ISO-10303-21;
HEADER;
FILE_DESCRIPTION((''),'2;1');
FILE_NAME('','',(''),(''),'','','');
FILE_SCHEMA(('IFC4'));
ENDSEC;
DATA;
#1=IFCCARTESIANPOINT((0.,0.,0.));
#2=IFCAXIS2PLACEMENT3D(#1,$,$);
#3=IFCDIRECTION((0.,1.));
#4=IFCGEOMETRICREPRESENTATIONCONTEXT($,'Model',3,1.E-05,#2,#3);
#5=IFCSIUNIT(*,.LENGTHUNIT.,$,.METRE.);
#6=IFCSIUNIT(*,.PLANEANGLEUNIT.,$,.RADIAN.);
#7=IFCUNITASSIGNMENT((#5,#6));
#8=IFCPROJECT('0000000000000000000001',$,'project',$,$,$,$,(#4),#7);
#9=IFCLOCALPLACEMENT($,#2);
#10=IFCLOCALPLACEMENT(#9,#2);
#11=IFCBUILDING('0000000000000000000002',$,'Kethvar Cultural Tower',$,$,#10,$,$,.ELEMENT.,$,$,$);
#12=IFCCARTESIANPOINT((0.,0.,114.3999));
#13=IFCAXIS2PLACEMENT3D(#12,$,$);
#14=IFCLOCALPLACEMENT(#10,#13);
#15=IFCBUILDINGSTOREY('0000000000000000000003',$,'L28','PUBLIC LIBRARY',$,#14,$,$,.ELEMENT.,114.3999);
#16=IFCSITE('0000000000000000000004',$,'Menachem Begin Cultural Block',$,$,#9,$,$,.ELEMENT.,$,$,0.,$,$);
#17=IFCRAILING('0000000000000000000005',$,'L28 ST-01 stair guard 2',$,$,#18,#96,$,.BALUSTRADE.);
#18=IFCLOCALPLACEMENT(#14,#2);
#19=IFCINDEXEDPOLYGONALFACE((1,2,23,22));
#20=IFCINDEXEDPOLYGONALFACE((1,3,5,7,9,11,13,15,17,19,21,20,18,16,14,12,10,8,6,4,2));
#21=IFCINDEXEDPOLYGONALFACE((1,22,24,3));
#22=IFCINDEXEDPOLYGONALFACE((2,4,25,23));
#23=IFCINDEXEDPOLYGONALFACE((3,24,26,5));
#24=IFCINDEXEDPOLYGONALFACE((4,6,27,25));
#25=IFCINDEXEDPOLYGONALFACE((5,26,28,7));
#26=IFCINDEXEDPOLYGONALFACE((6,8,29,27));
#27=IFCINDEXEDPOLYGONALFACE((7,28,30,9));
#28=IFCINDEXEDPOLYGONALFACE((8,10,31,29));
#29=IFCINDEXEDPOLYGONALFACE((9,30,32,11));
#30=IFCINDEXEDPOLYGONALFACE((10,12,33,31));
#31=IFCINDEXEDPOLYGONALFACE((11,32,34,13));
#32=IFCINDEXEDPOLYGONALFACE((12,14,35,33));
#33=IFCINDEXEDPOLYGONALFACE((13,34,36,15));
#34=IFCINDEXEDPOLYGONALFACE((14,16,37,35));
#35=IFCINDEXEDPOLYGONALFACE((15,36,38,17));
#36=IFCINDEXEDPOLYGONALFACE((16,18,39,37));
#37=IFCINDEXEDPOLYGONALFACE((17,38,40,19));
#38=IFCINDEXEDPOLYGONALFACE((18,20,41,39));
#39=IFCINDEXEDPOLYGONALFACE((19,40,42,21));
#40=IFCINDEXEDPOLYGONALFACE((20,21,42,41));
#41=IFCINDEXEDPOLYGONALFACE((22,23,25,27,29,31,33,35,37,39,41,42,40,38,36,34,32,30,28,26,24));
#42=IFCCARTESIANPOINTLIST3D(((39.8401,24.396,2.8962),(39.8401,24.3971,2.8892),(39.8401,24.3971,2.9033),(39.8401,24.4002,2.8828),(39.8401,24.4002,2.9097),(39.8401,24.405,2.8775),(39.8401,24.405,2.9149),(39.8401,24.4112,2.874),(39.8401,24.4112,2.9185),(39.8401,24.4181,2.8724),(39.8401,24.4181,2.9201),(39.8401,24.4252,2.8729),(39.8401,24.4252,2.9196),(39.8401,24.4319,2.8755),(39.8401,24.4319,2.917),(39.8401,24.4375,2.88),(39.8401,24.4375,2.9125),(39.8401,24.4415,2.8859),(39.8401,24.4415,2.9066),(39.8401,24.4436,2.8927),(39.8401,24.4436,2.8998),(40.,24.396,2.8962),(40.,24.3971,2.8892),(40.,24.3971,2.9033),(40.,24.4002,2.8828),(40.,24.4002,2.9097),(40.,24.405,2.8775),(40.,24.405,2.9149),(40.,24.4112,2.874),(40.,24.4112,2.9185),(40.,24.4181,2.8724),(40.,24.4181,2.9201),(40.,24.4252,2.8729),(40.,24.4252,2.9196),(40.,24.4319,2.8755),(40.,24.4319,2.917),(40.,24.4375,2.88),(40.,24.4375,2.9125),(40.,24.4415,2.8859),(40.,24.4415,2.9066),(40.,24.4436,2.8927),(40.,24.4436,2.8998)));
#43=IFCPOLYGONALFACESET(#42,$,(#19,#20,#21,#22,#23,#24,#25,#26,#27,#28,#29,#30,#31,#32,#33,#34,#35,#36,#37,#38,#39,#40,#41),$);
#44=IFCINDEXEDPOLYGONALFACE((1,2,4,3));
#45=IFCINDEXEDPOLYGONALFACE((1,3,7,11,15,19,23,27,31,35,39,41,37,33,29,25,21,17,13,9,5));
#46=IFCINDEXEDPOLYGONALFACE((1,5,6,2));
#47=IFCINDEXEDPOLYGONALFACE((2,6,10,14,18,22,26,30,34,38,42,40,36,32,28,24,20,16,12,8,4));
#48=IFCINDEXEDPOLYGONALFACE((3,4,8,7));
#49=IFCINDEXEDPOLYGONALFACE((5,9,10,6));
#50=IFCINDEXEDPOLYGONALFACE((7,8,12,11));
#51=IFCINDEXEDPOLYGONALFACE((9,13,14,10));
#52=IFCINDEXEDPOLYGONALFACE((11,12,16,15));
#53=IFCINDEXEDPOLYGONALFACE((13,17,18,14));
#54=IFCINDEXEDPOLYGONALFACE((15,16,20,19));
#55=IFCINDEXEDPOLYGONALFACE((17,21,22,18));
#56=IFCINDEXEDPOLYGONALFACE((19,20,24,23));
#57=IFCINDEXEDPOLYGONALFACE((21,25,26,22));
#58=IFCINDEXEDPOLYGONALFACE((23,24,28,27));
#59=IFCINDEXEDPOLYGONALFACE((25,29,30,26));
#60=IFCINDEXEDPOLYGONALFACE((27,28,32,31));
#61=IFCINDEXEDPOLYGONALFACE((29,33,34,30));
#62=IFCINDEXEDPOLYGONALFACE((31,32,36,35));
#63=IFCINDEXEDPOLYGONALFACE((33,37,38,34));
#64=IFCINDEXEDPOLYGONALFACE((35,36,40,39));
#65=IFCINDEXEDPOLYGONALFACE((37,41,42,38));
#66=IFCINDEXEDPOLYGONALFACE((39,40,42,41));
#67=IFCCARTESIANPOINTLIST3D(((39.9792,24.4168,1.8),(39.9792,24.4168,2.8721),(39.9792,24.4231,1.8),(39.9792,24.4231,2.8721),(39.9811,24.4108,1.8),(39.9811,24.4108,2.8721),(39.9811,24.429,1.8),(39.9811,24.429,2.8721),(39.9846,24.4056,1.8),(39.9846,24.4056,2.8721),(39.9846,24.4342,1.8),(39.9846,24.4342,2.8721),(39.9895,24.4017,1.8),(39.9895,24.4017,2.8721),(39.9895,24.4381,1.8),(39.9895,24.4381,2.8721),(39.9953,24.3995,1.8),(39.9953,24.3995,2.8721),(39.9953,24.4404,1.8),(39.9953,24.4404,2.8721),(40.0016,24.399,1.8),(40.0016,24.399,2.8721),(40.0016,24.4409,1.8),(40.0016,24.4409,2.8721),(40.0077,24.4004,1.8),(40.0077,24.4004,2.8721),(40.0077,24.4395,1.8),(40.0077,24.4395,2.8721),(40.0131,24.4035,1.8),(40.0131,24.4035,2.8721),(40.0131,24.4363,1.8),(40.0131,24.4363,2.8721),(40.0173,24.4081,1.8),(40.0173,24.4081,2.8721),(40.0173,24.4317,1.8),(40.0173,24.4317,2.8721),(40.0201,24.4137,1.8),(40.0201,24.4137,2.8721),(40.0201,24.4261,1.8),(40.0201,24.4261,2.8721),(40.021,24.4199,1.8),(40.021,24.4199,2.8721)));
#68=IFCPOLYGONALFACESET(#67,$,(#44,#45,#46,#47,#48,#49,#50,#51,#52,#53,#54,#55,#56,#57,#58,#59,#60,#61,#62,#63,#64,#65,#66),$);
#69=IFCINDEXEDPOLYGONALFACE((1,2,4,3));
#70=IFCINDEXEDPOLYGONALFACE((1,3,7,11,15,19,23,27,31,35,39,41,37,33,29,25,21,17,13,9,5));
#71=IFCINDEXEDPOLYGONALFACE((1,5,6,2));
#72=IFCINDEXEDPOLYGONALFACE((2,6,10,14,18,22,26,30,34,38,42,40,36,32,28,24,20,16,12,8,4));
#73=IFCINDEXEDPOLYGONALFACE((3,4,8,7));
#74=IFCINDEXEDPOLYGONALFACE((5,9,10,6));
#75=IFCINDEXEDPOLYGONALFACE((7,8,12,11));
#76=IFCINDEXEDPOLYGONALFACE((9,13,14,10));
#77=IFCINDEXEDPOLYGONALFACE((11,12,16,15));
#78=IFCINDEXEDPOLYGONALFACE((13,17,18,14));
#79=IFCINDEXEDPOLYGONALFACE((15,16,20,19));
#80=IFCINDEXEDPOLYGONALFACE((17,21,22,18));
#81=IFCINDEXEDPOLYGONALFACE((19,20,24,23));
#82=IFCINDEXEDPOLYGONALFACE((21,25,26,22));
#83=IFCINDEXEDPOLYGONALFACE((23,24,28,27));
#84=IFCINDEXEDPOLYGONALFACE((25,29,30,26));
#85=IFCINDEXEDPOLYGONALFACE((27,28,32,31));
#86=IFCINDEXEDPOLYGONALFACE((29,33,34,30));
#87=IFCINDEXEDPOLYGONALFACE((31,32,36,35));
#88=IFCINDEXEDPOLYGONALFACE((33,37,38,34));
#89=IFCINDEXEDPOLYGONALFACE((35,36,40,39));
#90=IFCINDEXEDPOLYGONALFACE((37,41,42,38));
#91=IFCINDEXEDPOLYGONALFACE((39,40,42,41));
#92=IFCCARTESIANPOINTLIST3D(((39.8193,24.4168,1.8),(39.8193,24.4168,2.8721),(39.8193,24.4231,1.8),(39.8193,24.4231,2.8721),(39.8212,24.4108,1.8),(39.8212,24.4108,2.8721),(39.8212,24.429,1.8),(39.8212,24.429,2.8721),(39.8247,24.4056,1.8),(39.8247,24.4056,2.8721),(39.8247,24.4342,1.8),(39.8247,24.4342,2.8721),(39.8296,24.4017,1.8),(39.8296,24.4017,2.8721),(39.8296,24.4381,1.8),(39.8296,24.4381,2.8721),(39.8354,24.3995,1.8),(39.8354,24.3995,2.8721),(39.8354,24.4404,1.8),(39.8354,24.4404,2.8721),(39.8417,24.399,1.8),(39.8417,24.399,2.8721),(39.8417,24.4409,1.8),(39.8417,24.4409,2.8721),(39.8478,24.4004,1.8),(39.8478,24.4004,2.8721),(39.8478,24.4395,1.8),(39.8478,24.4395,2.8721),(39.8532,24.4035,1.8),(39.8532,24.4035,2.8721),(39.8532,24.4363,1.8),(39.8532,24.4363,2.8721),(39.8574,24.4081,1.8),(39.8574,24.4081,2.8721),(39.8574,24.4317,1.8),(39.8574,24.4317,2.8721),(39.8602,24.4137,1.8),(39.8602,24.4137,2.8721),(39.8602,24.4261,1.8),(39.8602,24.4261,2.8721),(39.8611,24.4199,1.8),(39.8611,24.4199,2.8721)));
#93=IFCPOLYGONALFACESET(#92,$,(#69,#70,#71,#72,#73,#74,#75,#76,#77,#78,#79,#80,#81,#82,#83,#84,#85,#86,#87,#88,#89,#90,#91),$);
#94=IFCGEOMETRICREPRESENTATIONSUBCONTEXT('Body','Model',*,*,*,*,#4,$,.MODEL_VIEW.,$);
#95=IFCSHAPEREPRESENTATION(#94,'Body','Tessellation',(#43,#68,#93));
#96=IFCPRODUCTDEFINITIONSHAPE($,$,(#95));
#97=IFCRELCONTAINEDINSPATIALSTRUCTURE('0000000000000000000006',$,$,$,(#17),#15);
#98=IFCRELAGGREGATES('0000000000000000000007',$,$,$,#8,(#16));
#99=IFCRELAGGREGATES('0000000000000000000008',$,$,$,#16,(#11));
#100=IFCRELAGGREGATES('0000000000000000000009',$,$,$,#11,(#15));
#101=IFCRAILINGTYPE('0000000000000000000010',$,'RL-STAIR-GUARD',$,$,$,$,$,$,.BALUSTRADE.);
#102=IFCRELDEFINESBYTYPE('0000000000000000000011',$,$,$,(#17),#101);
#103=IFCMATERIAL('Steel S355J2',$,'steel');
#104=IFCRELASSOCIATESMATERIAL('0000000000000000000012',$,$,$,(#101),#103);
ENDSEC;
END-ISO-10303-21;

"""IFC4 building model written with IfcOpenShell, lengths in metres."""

from ifc_helpers import new_model, si_unit, direction, frame, origin, origin_2d, place, context, subcontext, project, spatial, circle, extrude, material, type_object, element, save


model = new_model("IFC4")

# Units and contexts
model_context = context("Model", 3, precision=1e-05, world=origin(), true_north=direction((0.0, 1.0)))
body_context = subcontext(model_context, "Body", "Model", "MODEL_VIEW")
ifc_project = project(units=[si_unit("LENGTHUNIT", "METRE"), si_unit("PLANEANGLEUNIT", "RADIAN")], contexts=[model_context])

# Site, building, storey
site_placement = place(None, origin())
site = spatial("IfcSite", under=ifc_project, at=site_placement, Name="Menachem Begin Cultural Block", CompositionType="ELEMENT", RefElevation=0.0)
building_placement = place(site_placement, origin())
building = spatial("IfcBuilding", under=site, at=building_placement, Name="Kethvar Cultural Tower", CompositionType="ELEMENT")
storey_placement = place(building_placement, frame((0.0, 0.0, 114.3999)))
storey = spatial("IfcBuildingStorey", under=building, at=storey_placement, Name="L28", Description="PUBLIC LIBRARY", CompositionType="ELEMENT", Elevation=114.3999)

# Shared definitions
ifc_material_1 = material(Name="Steel S355J2", Category="steel")

# Railing
railing_type = type_object("IfcRailingType", Name="RL-STAIR-GUARD", PredefinedType="BALUSTRADE", material=ifc_material_1)
railing_1_placement = place(storey_placement, frame((40.0, 24.4199, 1.8)))
element("IfcRailing", 1, at=railing_1_placement, inside=storey, type_object=railing_type, Name="L28 ST-01 stair guard 2", PredefinedType="BALUSTRADE", context=body_context, shape_type="SweptSolid", body=[
    extrude(circle(Radius=0.0239, at=origin_2d()), frame((0.0, 0.0, 1.0962), z_axis=(-1.0, 0.0, 0.0), x_axis=(0.0, -1.0, 0.0)), (0.0, 0.0, 1.0), 0.1599),
    extrude(circle(Radius=0.021, at=origin_2d()), origin(), (0.0, 0.0, 1.0), 1.072),
    extrude(circle(Radius=0.021, at=origin_2d()), frame((-0.1599, 0.0, 0.0)), (0.0, 0.0, 1.0), 1.072),
])

save(model, "model.ifc")
